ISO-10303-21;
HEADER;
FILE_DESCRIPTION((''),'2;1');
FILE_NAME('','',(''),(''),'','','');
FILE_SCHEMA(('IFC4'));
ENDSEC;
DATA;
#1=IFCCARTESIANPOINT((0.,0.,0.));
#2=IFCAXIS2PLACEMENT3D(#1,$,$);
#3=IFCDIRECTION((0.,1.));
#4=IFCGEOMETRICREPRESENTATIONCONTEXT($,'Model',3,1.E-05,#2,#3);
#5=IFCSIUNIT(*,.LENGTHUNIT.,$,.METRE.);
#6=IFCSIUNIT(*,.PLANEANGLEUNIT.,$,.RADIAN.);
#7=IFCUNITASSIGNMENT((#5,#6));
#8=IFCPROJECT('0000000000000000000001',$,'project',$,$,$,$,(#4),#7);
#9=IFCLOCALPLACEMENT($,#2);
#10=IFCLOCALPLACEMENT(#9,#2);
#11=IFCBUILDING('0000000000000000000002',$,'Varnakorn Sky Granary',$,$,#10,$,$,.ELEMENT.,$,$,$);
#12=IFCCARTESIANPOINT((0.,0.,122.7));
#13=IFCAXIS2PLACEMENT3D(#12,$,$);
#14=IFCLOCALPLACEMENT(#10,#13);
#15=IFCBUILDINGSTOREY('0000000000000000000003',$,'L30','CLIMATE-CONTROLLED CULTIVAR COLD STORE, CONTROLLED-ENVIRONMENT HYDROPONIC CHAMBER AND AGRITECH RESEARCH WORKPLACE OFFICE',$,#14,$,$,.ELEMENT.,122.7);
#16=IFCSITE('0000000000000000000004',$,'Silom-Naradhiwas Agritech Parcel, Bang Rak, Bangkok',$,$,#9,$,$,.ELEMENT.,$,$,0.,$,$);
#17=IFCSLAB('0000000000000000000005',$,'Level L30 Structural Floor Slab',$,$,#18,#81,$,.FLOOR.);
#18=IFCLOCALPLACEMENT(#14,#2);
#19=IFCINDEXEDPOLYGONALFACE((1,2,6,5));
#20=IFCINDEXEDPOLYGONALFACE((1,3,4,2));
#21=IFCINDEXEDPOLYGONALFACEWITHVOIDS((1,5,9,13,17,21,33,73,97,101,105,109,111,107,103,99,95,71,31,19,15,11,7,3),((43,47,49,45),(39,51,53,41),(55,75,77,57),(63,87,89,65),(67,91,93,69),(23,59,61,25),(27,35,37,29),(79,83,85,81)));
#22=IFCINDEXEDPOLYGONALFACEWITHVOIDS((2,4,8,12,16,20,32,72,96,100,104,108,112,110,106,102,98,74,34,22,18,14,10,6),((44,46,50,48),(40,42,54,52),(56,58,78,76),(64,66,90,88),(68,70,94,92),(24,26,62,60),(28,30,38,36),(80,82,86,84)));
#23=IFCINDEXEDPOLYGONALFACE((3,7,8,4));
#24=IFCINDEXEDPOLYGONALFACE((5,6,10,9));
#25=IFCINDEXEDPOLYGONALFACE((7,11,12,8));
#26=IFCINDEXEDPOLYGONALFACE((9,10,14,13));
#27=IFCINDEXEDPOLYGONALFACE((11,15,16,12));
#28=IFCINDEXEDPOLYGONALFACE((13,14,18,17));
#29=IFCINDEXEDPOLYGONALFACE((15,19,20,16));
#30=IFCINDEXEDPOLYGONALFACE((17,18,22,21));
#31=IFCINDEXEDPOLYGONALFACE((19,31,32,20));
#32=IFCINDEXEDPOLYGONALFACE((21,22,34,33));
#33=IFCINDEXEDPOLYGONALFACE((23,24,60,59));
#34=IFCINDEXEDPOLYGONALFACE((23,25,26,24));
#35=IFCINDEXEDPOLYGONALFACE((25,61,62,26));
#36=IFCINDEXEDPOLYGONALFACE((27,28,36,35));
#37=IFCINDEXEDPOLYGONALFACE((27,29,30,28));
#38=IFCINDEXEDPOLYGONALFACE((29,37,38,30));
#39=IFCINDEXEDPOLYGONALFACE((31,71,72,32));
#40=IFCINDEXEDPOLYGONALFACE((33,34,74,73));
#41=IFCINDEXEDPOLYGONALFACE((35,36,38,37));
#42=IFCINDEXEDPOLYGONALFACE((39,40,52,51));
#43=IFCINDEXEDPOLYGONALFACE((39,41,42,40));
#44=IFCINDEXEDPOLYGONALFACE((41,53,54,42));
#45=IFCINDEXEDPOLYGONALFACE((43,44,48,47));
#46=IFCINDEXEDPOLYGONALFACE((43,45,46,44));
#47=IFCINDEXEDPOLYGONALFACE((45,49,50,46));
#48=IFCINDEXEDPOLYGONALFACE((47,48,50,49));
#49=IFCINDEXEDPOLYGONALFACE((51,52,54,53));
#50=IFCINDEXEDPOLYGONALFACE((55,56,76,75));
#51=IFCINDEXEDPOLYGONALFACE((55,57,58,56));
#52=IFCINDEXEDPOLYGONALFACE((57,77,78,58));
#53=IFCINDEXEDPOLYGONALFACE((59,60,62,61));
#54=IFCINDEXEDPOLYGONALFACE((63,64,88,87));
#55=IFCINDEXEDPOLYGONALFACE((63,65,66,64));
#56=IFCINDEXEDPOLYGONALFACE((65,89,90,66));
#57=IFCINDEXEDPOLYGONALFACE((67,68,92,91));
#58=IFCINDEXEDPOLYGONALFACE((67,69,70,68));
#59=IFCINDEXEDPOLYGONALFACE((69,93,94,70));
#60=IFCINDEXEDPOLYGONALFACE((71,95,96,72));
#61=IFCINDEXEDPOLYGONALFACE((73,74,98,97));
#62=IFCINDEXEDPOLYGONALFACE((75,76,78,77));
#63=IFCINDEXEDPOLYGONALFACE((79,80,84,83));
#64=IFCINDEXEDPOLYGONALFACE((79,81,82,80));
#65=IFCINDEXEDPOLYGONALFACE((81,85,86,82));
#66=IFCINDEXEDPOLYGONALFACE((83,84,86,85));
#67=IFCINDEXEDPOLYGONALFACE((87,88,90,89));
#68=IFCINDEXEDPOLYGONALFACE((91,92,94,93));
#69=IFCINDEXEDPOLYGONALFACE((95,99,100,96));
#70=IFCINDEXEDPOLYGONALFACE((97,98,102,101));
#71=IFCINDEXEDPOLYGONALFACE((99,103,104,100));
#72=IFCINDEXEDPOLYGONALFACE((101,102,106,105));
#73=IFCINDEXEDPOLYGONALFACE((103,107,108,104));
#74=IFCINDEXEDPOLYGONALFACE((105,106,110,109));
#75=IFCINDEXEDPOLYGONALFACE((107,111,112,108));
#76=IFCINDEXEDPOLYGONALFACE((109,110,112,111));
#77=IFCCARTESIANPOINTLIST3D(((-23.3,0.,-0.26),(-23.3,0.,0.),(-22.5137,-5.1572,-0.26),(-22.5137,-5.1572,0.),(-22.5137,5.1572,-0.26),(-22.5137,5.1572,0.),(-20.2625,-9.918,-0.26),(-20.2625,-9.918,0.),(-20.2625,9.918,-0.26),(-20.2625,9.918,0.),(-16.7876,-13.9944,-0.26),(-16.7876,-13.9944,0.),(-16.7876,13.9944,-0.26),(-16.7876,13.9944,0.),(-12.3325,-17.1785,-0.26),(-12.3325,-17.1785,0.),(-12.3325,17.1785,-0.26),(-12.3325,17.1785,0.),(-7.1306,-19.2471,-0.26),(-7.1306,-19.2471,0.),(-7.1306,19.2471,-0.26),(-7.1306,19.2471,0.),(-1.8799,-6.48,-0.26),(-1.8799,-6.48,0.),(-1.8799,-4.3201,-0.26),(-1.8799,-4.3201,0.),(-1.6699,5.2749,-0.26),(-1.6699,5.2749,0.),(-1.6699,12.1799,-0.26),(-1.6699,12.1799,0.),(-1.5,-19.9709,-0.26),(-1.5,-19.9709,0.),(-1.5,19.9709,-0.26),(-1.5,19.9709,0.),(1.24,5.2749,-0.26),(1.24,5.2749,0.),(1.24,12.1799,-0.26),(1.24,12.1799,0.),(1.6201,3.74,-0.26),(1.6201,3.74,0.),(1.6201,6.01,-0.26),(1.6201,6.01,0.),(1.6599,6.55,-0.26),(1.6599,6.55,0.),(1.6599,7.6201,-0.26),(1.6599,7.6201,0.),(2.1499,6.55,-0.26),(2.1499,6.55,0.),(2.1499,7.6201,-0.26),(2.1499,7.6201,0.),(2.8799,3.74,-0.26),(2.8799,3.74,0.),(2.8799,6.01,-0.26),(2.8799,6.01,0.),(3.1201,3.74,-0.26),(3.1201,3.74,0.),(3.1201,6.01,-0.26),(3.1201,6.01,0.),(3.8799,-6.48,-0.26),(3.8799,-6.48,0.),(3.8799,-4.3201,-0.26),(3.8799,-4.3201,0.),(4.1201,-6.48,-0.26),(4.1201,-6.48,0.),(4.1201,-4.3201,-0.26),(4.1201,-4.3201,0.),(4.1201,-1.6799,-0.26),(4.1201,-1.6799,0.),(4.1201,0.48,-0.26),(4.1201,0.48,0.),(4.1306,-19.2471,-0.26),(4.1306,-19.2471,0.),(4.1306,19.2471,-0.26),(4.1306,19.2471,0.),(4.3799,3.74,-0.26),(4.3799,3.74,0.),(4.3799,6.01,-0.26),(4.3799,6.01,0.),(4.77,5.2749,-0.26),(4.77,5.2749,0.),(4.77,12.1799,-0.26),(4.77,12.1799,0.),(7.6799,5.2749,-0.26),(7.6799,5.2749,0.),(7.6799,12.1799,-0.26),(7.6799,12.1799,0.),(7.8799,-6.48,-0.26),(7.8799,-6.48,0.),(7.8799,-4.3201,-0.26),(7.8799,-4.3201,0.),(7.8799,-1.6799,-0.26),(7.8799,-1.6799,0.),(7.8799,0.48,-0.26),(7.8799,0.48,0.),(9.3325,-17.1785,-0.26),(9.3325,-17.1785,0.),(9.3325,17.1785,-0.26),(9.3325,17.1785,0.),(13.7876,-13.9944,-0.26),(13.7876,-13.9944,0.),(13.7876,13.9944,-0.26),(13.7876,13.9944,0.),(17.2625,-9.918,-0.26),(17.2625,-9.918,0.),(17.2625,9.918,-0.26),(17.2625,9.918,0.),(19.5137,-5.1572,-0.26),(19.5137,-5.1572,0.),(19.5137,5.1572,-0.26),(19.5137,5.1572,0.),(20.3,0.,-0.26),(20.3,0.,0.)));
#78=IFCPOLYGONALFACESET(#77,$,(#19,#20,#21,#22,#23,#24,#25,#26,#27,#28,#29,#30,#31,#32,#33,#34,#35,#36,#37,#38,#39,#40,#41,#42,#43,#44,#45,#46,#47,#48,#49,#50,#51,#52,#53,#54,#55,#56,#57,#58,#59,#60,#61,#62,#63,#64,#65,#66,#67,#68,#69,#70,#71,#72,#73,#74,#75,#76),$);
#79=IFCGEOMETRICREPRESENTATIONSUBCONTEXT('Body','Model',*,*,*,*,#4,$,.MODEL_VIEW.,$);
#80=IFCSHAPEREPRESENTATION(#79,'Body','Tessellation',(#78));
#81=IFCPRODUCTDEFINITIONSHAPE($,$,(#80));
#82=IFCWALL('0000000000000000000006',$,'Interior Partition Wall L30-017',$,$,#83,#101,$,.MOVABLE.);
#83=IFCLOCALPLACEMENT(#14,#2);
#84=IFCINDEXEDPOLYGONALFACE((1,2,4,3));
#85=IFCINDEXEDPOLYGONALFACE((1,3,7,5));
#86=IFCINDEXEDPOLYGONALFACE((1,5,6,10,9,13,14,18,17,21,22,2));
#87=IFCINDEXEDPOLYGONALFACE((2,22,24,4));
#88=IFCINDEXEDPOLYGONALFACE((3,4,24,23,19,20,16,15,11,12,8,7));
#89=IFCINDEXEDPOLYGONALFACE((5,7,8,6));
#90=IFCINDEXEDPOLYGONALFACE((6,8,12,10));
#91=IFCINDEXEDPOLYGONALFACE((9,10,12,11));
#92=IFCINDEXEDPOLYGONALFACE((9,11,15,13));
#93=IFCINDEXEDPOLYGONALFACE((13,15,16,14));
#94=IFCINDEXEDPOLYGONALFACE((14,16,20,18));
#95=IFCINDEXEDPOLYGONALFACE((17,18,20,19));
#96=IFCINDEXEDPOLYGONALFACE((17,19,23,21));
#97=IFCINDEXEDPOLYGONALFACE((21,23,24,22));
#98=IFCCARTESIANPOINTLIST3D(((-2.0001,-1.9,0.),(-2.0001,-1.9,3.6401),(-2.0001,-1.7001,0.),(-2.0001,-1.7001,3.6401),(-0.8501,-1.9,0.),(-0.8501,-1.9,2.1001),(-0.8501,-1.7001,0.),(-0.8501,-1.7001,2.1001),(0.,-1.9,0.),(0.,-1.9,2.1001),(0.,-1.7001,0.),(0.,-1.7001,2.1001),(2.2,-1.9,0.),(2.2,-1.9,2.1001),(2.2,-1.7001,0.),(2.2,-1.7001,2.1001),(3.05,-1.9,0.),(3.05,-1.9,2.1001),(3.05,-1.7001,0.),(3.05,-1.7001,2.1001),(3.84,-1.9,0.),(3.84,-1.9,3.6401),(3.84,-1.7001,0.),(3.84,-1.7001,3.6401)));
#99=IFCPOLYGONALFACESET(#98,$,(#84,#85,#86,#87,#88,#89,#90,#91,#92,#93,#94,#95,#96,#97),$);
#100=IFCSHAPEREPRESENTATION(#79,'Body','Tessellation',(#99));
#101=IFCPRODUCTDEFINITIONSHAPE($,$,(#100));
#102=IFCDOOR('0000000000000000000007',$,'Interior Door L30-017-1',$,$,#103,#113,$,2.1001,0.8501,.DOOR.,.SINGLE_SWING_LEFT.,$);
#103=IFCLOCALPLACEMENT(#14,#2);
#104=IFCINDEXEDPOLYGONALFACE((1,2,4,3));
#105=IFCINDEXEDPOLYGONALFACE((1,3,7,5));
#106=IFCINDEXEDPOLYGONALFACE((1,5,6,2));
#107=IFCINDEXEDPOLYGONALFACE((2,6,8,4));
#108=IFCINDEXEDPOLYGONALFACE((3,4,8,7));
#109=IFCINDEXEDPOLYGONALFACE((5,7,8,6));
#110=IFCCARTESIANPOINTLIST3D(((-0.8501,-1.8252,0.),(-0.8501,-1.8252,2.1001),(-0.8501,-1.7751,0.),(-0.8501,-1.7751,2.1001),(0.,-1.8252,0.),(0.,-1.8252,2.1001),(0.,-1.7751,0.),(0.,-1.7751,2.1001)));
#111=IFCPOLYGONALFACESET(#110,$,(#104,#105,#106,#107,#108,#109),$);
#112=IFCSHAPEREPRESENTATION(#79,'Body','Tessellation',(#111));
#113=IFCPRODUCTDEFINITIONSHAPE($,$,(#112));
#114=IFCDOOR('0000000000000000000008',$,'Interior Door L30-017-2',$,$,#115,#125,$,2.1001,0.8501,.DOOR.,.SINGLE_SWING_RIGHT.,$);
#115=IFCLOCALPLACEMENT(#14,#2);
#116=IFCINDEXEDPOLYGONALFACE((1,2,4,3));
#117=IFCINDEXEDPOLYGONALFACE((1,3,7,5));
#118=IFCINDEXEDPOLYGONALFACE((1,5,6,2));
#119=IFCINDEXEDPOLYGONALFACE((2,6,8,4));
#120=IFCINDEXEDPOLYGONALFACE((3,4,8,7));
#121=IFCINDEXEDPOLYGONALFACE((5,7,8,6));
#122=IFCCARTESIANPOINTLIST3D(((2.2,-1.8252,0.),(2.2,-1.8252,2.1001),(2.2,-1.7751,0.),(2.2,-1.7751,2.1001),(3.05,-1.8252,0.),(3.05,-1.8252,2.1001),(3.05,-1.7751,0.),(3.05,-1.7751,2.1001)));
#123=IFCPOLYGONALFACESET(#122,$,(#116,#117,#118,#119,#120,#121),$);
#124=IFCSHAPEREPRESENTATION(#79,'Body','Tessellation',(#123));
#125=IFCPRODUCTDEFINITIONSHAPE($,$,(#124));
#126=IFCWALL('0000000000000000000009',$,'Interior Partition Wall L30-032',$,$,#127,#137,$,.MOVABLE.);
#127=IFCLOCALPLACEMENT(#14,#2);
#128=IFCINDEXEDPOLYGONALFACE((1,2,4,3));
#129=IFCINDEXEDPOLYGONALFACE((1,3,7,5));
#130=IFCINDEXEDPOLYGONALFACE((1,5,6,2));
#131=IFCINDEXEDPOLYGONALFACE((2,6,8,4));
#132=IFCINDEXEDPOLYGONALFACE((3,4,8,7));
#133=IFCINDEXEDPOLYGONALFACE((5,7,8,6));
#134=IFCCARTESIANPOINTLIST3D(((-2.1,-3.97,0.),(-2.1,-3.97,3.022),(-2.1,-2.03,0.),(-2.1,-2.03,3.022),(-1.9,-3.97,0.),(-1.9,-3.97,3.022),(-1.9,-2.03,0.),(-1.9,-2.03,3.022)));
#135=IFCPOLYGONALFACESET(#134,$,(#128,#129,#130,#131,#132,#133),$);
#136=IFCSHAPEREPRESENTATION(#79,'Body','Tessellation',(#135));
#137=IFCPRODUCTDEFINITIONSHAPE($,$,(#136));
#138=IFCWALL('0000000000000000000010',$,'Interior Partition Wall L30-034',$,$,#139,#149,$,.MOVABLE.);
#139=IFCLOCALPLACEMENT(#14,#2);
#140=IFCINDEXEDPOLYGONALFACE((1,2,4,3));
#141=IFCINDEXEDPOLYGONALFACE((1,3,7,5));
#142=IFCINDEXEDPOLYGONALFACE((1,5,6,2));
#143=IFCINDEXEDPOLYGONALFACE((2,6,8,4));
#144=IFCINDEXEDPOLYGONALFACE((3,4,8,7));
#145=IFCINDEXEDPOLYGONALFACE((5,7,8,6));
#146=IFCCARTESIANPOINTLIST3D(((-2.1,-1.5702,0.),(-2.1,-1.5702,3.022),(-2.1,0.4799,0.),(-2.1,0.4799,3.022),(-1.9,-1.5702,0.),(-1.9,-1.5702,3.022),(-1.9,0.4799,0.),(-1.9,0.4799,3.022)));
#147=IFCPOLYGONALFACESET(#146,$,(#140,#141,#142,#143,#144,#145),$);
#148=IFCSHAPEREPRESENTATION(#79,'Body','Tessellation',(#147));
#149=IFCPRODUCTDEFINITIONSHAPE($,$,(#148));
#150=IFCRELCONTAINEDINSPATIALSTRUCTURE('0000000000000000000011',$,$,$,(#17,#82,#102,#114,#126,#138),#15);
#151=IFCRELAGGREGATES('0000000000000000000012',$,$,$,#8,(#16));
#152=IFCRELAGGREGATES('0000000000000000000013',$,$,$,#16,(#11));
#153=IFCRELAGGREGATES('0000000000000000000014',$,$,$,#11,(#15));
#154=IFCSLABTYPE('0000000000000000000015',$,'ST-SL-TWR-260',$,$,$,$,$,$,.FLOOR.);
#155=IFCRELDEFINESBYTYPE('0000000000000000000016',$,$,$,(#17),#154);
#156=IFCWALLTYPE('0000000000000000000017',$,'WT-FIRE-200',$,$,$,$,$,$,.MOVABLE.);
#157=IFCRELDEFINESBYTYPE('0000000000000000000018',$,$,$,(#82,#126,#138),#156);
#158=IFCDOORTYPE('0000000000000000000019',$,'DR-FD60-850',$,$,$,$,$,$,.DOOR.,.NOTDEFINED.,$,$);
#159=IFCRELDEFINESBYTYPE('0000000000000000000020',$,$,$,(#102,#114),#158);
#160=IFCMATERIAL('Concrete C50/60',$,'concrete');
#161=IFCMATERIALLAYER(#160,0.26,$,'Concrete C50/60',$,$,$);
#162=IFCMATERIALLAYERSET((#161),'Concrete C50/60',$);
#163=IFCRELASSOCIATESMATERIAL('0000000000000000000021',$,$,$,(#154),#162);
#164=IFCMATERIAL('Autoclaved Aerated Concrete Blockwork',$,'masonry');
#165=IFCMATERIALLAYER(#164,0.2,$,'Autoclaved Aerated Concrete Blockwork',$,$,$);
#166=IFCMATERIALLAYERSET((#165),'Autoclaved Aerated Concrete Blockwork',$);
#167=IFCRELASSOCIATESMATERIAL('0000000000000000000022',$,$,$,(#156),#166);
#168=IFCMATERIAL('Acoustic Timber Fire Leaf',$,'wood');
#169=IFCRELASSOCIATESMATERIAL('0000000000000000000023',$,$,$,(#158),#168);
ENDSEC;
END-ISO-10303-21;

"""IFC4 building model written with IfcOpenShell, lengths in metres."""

from ifc_helpers import new_model, si_unit, direction, frame, frame_2d, origin, place, context, subcontext, project, spatial, polyline, rectangle, outline, extrude, material, layer, layer_set, type_object, element, fill, save


model = new_model("IFC4")

# Units and contexts
model_context = context("Model", 3, precision=1e-05, world=origin(), true_north=direction((0.0, 1.0)))
body_context = subcontext(model_context, "Body", "Model", "MODEL_VIEW")
ifc_project = project(units=[si_unit("LENGTHUNIT", "METRE"), si_unit("PLANEANGLEUNIT", "RADIAN")], contexts=[model_context])

# Site, building, storey
site_placement = place(None, origin())
site = spatial("IfcSite", under=ifc_project, at=site_placement, Name="Silom-Naradhiwas Agritech Parcel, Bang Rak, Bangkok", CompositionType="ELEMENT", RefElevation=0.0)
building_placement = place(site_placement, origin())
building = spatial("IfcBuilding", under=site, at=building_placement, Name="Varnakorn Sky Granary", CompositionType="ELEMENT")
storey_placement = place(building_placement, frame((0.0, 0.0, 122.7)))
storey = spatial("IfcBuildingStorey", under=building, at=storey_placement, Name="L30", Description="CLIMATE-CONTROLLED CULTIVAR COLD STORE, CONTROLLED-ENVIRONMENT HYDROPONIC CHAMBER AND AGRITECH RESEARCH WORKPLACE OFFICE", CompositionType="ELEMENT", Elevation=122.7)

# Shared definitions
ifc_material_1 = material(Name="Concrete C50/60", Category="concrete")

# Slab
ifc_layer_1 = layer(ifc_material_1, 0.26, Name="Concrete C50/60")
ifc_layer_set_1 = layer_set([ifc_layer_1], Name="Concrete C50/60")
slab_type_1 = type_object("IfcSlabType", Name="ST-SL-TWR-260", PredefinedType="FLOOR", material=ifc_layer_set_1)
slab_1_placement = place(storey_placement, frame((0.0, 0.0, -0.26)))
element("IfcSlab", 1, at=slab_1_placement, inside=storey, type_object=slab_type_1, Name="Level L30 Structural Floor Slab", PredefinedType="FLOOR", context=body_context, shape_type="SweptSolid", body=[
    extrude(outline(polyline([(20.3, 0.0), (19.5137, 5.1572), (17.2625, 9.918), (13.7876, 13.9944), (9.3325, 17.1785), (4.1306, 19.2471), (-1.5, 19.9709), (-7.1306, 19.2471), (-12.3325, 17.1785), (-16.7876, 13.9944), (-20.2625, 9.918), (-22.5137, 5.1572), (-23.3, 0.0), (-22.5137, -5.1572), (-20.2625, -9.918), (-16.7876, -13.9944), (-12.3325, -17.1785), (-7.1306, -19.2471), (-1.5, -19.9709), (4.1306, -19.2471), (9.3325, -17.1785), (13.7876, -13.9944), (17.2625, -9.918), (19.5137, -5.1572), (20.3, 0.0)]), holes=[polyline([(1.24, 5.2749), (1.24, 12.1799), (-1.6699, 12.1799), (-1.6699, 5.2749), (1.24, 5.2749)]), polyline([(7.6799, 5.2749), (7.6799, 12.1799), (4.77, 12.1799), (4.77, 5.2749), (7.6799, 5.2749)]), polyline([(1.6599, 6.55), (2.1499, 6.55), (2.1499, 7.6201), (1.6599, 7.6201), (1.6599, 6.55)]), polyline([(1.6201, 3.74), (2.8799, 3.74), (2.8799, 6.01), (1.6201, 6.01), (1.6201, 3.74)]), polyline([(3.1201, 3.74), (4.3799, 3.74), (4.3799, 6.01), (3.1201, 6.01), (3.1201, 3.74)]), polyline([(4.1201, -1.6799), (7.8799, -1.6799), (7.8799, 0.48), (4.1201, 0.48), (4.1201, -1.6799)]), polyline([(-1.8799, -6.48), (3.8799, -6.48), (3.8799, -4.3201), (-1.8799, -4.3201), (-1.8799, -6.48)]), polyline([(4.1201, -6.48), (7.8799, -6.48), (7.8799, -4.3201), (4.1201, -4.3201), (4.1201, -6.48)])]), origin(), (0.0, 0.0, 1.0), 0.26),
])

# Wall, openings, doors
ifc_material_2 = material(Name="Autoclaved Aerated Concrete Blockwork", Category="masonry")
ifc_layer_2 = layer(ifc_material_2, 0.2, Name="Autoclaved Aerated Concrete Blockwork")
ifc_layer_set_2 = layer_set([ifc_layer_2], Name="Autoclaved Aerated Concrete Blockwork")
wall_type_1 = type_object("IfcWallType", Name="WT-FIRE-200", PredefinedType="MOVABLE", material=ifc_layer_set_2)
wall_1_placement = place(storey_placement, frame((-2.0, -1.8, 0.0), z_axis=(0.0, 0.0, 1.0), x_axis=(1.0, 0.0, 0.0)))
wall_1 = element("IfcWall", 2, at=wall_1_placement, inside=storey, type_object=wall_type_1, Name="Interior Partition Wall L30-017", PredefinedType="MOVABLE", context=body_context, shape_type="SweptSolid", body=[
    extrude(rectangle(XDim=5.8401, YDim=0.2, at=frame_2d((2.9199, 0.0))), origin(), (0.0, 0.0, 1.0), 3.6401),
])
opening_1_placement = place(wall_1_placement, frame((1.1499, 0.0, 0.0)))
opening_1 = element("IfcOpeningElement", 3, at=opening_1_placement, cuts=wall_1, PredefinedType="OPENING", context=body_context, shape_type="SweptSolid", body=[
    extrude(rectangle(XDim=0.8501, YDim=2.1001, at=frame_2d((0.425, 1.05))), frame((0.0, 0.1099, 0.0), z_axis=(0.0, -1.0, 0.0), x_axis=(1.0, 0.0, 0.0)), (0.0, 0.0, 1.0), 0.22),
])
opening_2_placement = place(wall_1_placement, frame((4.2, 0.0, 0.0)))
opening_2 = element("IfcOpeningElement", 4, at=opening_2_placement, cuts=wall_1, PredefinedType="OPENING", context=body_context, shape_type="SweptSolid", body=[
    extrude(rectangle(XDim=0.8501, YDim=2.1001, at=frame_2d((0.425, 1.05))), frame((0.0, 0.1099, 0.0), z_axis=(0.0, -1.0, 0.0), x_axis=(1.0, 0.0, 0.0)), (0.0, 0.0, 1.0), 0.22),
])
ifc_material_3 = material(Name="Acoustic Timber Fire Leaf", Category="wood")
door_type_1 = type_object("IfcDoorType", Name="DR-FD60-850", OperationType="NOTDEFINED", PredefinedType="DOOR", material=ifc_material_3)
door_1_placement = place(opening_1_placement, origin())
door_1 = element("IfcDoor", 5, at=door_1_placement, inside=storey, type_object=door_type_1, Name="Interior Door L30-017-1", OperationType="SINGLE_SWING_LEFT", OverallHeight=2.1001, OverallWidth=0.8501, PredefinedType="DOOR", context=body_context, shape_type="SweptSolid", body=[
    extrude(rectangle(XDim=0.8501, YDim=2.1001, at=frame_2d((0.425, 1.05))), frame((0.0, 0.0249, 0.0), z_axis=(0.0, -1.0, 0.0), x_axis=(1.0, 0.0, 0.0)), (0.0, 0.0, 1.0), 0.05),
])
fill(opening_1, door_1)
door_2_placement = place(opening_2_placement, origin())
door_2 = element("IfcDoor", 6, at=door_2_placement, inside=storey, type_object=door_type_1, Name="Interior Door L30-017-2", OperationType="SINGLE_SWING_RIGHT", OverallHeight=2.1001, OverallWidth=0.8501, PredefinedType="DOOR", context=body_context, shape_type="SweptSolid", body=[
    extrude(rectangle(XDim=0.8501, YDim=2.1001, at=frame_2d((0.425, 1.05))), frame((0.0, 0.0249, 0.0), z_axis=(0.0, -1.0, 0.0), x_axis=(1.0, 0.0, 0.0)), (0.0, 0.0, 1.0), 0.05),
])
fill(opening_2, door_2)

# Walls
wall_2_placement = place(storey_placement, frame((-2.0, -3.97, 0.0), z_axis=(0.0, 0.0, 1.0), x_axis=(0.0, 1.0, 0.0)))
element("IfcWall", 7, at=wall_2_placement, inside=storey, type_object=wall_type_1, Name="Interior Partition Wall L30-032", PredefinedType="MOVABLE", context=body_context, shape_type="SweptSolid", body=[
    extrude(rectangle(XDim=1.9399, YDim=0.2, at=frame_2d((0.97, 0.0))), origin(), (0.0, 0.0, 1.0), 3.022),
])
wall_3_placement = place(storey_placement, frame((-2.0, -1.5701, 0.0), z_axis=(0.0, 0.0, 1.0), x_axis=(0.0, 1.0, 0.0)))
element("IfcWall", 8, at=wall_3_placement, inside=storey, type_object=wall_type_1, Name="Interior Partition Wall L30-034", PredefinedType="MOVABLE", context=body_context, shape_type="SweptSolid", body=[
    extrude(rectangle(XDim=2.05, YDim=0.2, at=frame_2d((1.0249, 0.0))), origin(), (0.0, 0.0, 1.0), 3.022),
])

save(model, "model.ifc")
